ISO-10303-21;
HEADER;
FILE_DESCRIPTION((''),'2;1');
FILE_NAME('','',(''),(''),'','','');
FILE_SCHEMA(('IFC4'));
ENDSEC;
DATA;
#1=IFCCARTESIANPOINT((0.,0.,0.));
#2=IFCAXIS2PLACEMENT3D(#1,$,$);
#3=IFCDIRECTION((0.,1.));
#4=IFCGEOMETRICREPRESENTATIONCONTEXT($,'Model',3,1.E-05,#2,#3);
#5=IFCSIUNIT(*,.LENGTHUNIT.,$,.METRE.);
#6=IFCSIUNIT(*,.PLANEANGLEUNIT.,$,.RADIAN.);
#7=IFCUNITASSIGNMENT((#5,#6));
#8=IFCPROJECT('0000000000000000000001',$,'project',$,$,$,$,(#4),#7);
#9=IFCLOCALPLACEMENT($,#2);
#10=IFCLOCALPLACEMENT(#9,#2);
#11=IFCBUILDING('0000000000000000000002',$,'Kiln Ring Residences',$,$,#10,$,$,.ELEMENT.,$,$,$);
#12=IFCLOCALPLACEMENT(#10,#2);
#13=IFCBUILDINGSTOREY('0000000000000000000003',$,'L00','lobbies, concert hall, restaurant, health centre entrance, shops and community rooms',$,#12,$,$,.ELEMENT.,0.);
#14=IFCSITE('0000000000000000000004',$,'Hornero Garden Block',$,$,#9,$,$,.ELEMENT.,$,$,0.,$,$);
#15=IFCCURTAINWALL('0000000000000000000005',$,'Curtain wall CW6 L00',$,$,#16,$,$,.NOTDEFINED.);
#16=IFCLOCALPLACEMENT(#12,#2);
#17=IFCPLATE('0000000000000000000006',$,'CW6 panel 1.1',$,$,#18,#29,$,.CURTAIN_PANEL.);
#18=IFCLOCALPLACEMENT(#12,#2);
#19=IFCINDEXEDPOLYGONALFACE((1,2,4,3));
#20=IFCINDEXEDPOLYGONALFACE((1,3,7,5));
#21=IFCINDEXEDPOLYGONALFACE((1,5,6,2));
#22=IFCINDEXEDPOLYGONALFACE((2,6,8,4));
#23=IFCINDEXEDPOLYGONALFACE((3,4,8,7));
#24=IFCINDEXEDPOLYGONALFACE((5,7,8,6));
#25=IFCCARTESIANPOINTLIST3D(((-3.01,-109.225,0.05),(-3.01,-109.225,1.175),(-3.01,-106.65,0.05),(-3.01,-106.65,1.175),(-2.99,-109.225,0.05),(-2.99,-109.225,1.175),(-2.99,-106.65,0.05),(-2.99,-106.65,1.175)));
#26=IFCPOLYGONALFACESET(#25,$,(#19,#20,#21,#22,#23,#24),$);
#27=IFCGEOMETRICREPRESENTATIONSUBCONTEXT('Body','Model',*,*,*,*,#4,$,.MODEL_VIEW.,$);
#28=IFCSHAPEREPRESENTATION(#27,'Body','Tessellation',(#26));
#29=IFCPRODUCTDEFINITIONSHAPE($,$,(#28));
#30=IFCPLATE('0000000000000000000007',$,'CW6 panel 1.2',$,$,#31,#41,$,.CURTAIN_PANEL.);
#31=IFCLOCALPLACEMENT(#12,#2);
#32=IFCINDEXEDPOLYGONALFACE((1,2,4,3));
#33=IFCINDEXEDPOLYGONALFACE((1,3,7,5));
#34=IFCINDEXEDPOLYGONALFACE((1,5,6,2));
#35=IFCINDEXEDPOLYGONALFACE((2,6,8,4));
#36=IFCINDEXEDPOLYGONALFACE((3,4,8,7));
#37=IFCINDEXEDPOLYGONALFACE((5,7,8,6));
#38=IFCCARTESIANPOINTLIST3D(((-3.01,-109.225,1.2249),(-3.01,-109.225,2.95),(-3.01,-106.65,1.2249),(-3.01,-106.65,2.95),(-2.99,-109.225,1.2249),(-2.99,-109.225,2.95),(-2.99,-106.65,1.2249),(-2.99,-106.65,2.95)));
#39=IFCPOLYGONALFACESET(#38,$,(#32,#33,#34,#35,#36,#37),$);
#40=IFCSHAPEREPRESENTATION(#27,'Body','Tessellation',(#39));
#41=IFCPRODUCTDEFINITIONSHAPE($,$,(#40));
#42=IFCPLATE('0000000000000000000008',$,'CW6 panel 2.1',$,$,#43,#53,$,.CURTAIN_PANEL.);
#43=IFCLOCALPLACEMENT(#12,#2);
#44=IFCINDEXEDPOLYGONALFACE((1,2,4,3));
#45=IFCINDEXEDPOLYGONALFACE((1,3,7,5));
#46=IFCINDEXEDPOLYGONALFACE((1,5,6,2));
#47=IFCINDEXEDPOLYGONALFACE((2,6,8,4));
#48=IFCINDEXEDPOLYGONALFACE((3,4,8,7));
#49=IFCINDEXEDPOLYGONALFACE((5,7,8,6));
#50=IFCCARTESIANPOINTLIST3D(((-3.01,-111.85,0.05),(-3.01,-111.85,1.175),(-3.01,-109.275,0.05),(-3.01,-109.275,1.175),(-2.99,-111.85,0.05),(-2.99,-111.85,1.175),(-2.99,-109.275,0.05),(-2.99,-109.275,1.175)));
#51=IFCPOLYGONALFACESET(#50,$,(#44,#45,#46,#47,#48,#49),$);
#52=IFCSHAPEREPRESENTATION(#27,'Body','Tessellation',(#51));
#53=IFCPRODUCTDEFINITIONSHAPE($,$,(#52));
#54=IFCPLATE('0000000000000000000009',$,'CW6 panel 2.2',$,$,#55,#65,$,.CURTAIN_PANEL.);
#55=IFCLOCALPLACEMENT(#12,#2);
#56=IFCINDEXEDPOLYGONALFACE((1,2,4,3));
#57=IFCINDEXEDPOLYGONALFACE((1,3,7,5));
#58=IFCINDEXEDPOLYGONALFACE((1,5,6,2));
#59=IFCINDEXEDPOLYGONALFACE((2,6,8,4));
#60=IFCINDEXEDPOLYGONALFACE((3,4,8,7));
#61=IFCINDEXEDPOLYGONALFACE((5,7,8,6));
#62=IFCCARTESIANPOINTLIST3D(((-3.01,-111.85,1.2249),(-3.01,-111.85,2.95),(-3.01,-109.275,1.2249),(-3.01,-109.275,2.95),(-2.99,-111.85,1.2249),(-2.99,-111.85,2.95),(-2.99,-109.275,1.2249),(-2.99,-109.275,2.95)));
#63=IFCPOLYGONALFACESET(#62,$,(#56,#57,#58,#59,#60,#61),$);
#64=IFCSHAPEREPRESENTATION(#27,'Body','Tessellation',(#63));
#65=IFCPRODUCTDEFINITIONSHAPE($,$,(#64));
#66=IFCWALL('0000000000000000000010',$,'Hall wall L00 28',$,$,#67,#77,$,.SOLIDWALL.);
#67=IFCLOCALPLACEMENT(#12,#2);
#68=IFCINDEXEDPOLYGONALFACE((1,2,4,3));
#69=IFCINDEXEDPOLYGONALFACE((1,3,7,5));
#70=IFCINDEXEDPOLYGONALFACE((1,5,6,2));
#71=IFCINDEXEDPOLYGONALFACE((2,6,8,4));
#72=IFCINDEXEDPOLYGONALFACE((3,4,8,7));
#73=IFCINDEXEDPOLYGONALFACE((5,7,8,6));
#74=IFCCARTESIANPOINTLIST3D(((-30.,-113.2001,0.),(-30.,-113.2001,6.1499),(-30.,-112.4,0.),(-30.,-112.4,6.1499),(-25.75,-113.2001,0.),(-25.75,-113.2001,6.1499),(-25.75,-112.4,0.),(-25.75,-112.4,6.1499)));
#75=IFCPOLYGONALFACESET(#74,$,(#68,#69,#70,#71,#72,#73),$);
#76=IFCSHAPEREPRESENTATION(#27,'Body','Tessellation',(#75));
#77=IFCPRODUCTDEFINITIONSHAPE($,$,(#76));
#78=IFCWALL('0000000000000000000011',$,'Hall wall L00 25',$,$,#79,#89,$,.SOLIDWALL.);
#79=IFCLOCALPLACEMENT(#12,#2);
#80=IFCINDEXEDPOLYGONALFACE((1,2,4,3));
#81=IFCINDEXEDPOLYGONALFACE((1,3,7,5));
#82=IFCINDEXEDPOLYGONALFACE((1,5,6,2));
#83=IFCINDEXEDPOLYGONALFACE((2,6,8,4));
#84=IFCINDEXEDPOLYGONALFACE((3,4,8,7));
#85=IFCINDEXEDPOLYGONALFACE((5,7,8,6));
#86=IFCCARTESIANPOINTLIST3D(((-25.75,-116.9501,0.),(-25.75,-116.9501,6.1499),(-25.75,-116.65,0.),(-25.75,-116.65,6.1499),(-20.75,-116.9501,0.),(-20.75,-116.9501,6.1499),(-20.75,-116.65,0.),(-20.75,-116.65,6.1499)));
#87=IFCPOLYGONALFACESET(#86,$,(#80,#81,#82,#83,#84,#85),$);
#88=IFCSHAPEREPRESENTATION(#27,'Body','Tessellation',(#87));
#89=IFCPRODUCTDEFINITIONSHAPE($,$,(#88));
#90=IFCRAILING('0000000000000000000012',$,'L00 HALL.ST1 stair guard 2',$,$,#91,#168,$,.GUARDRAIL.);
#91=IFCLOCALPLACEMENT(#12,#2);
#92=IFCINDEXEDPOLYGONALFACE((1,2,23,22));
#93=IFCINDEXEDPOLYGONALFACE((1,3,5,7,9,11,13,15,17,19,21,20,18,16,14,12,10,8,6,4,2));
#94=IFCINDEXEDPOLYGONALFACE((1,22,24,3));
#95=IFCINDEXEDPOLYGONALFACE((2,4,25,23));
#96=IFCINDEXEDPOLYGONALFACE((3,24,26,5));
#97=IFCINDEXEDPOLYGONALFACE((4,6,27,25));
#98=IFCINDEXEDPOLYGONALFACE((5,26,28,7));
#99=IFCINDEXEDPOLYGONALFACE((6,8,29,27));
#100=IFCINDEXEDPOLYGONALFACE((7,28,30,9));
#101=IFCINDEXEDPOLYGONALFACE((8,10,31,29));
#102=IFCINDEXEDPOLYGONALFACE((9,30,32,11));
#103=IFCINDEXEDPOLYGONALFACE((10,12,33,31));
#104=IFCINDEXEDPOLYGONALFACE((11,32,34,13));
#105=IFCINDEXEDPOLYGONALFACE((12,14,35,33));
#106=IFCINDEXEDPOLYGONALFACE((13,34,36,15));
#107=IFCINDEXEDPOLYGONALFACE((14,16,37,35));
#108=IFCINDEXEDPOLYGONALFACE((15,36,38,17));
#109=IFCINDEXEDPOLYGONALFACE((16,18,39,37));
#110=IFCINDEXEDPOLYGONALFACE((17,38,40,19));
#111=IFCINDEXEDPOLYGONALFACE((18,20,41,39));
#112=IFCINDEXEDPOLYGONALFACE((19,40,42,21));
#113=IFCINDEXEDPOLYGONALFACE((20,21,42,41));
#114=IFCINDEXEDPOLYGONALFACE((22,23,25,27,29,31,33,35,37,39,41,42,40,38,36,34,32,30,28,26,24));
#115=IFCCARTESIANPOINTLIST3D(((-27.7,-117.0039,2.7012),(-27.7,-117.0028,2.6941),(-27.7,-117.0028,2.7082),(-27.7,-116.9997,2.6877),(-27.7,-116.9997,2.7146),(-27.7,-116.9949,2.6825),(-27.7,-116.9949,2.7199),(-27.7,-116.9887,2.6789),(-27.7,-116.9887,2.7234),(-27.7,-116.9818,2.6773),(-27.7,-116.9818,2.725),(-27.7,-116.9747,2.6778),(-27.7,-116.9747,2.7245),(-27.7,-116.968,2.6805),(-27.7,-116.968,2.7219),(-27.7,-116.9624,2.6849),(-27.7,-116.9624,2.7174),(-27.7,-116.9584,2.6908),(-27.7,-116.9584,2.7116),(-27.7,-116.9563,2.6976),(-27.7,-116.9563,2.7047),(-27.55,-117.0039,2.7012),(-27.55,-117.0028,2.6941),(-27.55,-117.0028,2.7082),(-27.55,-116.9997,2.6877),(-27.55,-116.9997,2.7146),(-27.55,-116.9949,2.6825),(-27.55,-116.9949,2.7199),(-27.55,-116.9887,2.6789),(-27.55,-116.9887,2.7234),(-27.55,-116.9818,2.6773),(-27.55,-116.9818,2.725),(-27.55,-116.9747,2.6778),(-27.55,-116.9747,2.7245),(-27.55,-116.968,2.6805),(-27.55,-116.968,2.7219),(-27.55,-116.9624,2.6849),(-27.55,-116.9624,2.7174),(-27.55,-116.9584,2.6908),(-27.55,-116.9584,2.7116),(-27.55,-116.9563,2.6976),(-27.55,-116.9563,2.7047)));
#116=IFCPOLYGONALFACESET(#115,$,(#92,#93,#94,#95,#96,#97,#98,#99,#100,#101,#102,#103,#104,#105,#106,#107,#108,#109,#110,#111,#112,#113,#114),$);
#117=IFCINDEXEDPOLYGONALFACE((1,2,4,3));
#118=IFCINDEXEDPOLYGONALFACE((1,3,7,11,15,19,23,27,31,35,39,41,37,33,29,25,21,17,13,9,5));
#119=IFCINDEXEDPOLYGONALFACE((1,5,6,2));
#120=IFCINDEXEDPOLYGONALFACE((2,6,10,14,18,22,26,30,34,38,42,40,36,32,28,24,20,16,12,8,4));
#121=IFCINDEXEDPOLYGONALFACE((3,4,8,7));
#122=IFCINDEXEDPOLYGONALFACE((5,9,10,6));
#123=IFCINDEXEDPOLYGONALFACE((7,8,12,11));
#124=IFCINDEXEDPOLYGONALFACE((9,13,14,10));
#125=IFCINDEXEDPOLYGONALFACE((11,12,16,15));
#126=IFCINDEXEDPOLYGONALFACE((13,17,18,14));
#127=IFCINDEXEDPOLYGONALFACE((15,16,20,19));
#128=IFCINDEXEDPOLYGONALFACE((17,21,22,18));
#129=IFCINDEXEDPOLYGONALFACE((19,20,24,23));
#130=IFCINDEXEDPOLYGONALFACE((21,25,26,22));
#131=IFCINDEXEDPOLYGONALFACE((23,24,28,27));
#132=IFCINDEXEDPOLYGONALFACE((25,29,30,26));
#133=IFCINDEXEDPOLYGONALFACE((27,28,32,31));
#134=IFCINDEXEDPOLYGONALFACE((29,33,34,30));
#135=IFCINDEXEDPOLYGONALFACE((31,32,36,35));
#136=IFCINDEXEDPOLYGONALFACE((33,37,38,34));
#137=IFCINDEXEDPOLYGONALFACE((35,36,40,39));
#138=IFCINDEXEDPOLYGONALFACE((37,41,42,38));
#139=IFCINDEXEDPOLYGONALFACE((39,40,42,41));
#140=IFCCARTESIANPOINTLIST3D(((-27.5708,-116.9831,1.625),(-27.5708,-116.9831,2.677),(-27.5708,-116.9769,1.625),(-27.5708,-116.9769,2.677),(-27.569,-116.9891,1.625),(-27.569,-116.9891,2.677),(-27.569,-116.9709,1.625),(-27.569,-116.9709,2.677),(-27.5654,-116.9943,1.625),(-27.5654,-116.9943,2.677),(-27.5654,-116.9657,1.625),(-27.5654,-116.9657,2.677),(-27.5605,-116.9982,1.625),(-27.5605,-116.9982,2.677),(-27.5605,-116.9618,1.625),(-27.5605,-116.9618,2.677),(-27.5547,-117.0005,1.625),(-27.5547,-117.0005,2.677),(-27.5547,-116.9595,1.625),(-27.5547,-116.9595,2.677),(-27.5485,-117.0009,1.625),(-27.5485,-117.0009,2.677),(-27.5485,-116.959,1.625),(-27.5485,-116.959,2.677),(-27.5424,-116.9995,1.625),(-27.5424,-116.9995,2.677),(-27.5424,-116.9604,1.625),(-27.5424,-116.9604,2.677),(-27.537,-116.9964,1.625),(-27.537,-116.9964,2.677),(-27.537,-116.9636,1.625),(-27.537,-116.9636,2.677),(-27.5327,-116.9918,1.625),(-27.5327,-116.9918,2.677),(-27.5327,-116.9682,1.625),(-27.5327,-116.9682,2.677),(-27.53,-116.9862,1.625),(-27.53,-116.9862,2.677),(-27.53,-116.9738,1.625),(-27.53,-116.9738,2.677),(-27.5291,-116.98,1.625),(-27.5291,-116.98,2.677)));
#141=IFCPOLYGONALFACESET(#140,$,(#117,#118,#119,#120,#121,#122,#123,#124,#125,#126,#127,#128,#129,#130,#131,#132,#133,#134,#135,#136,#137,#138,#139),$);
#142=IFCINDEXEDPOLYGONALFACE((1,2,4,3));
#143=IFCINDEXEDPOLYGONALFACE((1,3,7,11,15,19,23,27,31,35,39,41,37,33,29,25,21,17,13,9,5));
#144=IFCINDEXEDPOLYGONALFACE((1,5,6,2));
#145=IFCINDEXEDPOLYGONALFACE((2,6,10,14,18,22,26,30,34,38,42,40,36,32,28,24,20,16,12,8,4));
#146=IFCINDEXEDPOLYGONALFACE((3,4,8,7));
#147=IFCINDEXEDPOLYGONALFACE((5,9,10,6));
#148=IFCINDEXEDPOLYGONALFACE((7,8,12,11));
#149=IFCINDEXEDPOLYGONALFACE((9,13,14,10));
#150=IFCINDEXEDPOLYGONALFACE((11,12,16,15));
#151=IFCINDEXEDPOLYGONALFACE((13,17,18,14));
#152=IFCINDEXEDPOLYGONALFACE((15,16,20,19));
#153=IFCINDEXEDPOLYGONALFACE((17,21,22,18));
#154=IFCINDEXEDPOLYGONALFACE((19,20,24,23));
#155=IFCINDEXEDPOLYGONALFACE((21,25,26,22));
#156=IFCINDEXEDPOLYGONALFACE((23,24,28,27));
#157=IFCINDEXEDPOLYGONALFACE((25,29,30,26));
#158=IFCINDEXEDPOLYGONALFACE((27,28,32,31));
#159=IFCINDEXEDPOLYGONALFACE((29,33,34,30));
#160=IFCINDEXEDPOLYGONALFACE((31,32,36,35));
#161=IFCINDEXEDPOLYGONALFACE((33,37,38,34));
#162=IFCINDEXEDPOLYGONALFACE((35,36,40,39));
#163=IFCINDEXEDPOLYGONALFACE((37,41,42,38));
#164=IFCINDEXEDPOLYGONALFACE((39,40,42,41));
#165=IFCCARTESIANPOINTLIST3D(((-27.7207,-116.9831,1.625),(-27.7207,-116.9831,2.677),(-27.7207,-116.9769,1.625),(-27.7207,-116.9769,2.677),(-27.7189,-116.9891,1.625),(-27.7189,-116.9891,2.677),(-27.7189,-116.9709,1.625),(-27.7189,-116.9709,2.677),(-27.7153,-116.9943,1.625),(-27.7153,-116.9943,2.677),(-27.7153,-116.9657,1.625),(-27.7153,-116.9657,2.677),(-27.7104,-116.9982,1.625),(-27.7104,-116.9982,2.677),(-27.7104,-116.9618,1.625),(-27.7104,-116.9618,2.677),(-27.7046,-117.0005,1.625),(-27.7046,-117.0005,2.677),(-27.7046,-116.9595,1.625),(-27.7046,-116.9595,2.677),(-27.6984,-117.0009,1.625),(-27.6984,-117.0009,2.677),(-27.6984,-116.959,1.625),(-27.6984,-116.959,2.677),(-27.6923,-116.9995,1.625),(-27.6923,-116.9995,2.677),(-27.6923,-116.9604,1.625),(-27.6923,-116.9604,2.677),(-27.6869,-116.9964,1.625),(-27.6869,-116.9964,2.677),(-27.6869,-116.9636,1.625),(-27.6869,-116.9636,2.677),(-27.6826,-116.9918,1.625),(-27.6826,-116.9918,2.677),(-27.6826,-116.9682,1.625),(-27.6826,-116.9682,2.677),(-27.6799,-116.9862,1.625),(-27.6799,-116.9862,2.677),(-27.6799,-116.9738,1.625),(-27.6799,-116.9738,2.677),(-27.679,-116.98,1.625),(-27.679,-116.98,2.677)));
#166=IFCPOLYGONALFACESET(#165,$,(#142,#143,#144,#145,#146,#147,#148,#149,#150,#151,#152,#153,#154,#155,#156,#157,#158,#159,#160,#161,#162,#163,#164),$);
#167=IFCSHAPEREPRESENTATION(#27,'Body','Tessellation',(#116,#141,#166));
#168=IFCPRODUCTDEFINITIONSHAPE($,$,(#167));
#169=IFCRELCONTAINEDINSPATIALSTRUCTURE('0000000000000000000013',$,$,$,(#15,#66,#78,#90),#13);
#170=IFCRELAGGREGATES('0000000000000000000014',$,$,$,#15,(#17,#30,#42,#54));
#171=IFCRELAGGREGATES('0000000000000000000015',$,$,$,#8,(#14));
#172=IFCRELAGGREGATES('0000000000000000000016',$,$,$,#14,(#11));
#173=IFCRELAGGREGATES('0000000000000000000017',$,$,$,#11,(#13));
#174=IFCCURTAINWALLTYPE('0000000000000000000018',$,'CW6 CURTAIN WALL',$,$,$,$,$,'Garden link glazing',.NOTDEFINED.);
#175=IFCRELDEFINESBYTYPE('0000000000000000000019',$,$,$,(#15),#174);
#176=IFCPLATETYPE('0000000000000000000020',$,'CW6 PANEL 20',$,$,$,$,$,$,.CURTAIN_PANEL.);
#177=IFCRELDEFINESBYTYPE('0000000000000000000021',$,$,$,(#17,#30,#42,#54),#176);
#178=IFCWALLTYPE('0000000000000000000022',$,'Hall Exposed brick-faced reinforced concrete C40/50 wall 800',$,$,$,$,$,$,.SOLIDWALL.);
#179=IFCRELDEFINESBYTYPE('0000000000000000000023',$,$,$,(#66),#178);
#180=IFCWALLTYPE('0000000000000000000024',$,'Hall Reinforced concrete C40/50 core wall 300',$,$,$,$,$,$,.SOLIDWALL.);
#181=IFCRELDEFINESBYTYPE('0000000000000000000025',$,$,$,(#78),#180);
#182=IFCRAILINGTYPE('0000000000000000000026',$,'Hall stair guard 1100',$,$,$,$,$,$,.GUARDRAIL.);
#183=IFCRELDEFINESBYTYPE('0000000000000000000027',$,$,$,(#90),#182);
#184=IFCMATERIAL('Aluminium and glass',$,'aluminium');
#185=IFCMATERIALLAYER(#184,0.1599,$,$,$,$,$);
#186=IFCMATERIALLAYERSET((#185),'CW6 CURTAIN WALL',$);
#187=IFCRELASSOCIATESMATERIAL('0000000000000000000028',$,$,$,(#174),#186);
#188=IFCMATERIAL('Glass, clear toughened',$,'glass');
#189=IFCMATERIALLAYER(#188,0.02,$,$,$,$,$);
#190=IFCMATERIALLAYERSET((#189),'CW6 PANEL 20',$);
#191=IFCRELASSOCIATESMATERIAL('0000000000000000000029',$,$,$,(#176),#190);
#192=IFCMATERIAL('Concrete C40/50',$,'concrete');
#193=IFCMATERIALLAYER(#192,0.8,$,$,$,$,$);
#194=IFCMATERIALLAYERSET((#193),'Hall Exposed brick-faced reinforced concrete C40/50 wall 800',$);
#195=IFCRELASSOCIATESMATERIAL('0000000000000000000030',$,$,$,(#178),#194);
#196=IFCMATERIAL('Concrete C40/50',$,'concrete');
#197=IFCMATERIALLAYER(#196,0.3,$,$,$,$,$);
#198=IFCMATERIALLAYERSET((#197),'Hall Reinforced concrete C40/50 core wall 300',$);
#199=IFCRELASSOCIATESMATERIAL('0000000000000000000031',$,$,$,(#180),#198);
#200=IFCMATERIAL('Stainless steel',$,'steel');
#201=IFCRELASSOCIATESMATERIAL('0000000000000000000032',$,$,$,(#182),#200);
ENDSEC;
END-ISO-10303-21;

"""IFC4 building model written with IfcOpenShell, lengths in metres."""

from ifc_helpers import new_model, si_unit, direction, frame, frame_2d, origin, origin_2d, place, context, subcontext, project, spatial, rectangle, circle, extrude, material, layer, layer_set, type_object, element, aggregate, save


model = new_model("IFC4")

# Units and contexts
model_context = context("Model", 3, precision=1e-05, world=origin(), true_north=direction((0.0, 1.0)))
body_context = subcontext(model_context, "Body", "Model", "MODEL_VIEW")
ifc_project = project(units=[si_unit("LENGTHUNIT", "METRE"), si_unit("PLANEANGLEUNIT", "RADIAN")], contexts=[model_context])

# Site, building, storey
site_placement = place(None, origin())
site = spatial("IfcSite", under=ifc_project, at=site_placement, Name="Hornero Garden Block", CompositionType="ELEMENT", RefElevation=0.0)
building_placement = place(site_placement, origin())
building = spatial("IfcBuilding", under=site, at=building_placement, Name="Kiln Ring Residences", CompositionType="ELEMENT")
storey_placement = place(building_placement, origin())
storey = spatial("IfcBuildingStorey", under=building, at=storey_placement, Name="L00", Description="lobbies, concert hall, restaurant, health centre entrance, shops and community rooms", CompositionType="ELEMENT", Elevation=0.0)

# Shared definitions
ifc_material_1 = material(Name="Aluminium and glass", Category="aluminium")
ifc_layer_1 = layer(ifc_material_1, 0.1599)
ifc_layer_set_1 = layer_set([ifc_layer_1], Name="CW6 CURTAIN WALL")
curtain_wall_type = type_object("IfcCurtainWallType", Name="CW6 CURTAIN WALL", ElementType="Garden link glazing", PredefinedType="NOTDEFINED", material=ifc_layer_set_1)
placement = place(storey_placement, origin())

# Curtain wall
curtain_wall_1 = element("IfcCurtainWall", 1, at=placement, inside=storey, type_object=curtain_wall_type, Name="Curtain wall CW6 L00", PredefinedType="NOTDEFINED")

# Plates
ifc_material_2 = material(Name="Glass, clear toughened", Category="glass")
ifc_layer_2 = layer(ifc_material_2, 0.02)
ifc_layer_set_2 = layer_set([ifc_layer_2], Name="CW6 PANEL 20")
plate_type = type_object("IfcPlateType", Name="CW6 PANEL 20", PredefinedType="CURTAIN_PANEL", material=ifc_layer_set_2)
plate_1_placement = place(storey_placement, frame((-3.0, -107.9375, 0.05), z_axis=(0.0, 0.0, 1.0), x_axis=(0.0, -1.0, 0.0)))
plate_1 = element("IfcPlate", 2, at=plate_1_placement, type_object=plate_type, Name="CW6 panel 1.1", PredefinedType="CURTAIN_PANEL", context=body_context, shape_type="SweptSolid", body=[
    extrude(rectangle(XDim=2.575, YDim=0.02, at=origin_2d()), origin(), (0.0, 0.0, 1.0), 1.125),
])
plate_2_placement = place(storey_placement, frame((-3.0, -107.9375, 1.2249), z_axis=(0.0, 0.0, 1.0), x_axis=(0.0, -1.0, 0.0)))
plate_2 = element("IfcPlate", 3, at=plate_2_placement, type_object=plate_type, Name="CW6 panel 1.2", PredefinedType="CURTAIN_PANEL", context=body_context, shape_type="SweptSolid", body=[
    extrude(rectangle(XDim=2.575, YDim=0.02, at=origin_2d()), origin(), (0.0, 0.0, 1.0), 1.7251),
])
plate_3_placement = place(storey_placement, frame((-3.0, -110.5625, 0.05), z_axis=(0.0, 0.0, 1.0), x_axis=(0.0, -1.0, 0.0)))
plate_3 = element("IfcPlate", 4, at=plate_3_placement, type_object=plate_type, Name="CW6 panel 2.1", PredefinedType="CURTAIN_PANEL", context=body_context, shape_type="SweptSolid", body=[
    extrude(rectangle(XDim=2.575, YDim=0.02, at=origin_2d()), origin(), (0.0, 0.0, 1.0), 1.125),
])
plate_4_placement = place(storey_placement, frame((-3.0, -110.5625, 1.2249), z_axis=(0.0, 0.0, 1.0), x_axis=(0.0, -1.0, 0.0)))
plate_4 = element("IfcPlate", 5, at=plate_4_placement, type_object=plate_type, Name="CW6 panel 2.2", PredefinedType="CURTAIN_PANEL", context=body_context, shape_type="SweptSolid", body=[
    extrude(rectangle(XDim=2.575, YDim=0.02, at=origin_2d()), origin(), (0.0, 0.0, 1.0), 1.7251),
])
aggregate(curtain_wall_1, [plate_1, plate_2, plate_3, plate_4])

# Walls
ifc_material_3 = material(Name="Concrete C40/50", Category="concrete")
ifc_layer_3 = layer(ifc_material_3, 0.8)
ifc_layer_set_3 = layer_set([ifc_layer_3], Name="Hall Exposed brick-faced reinforced concrete C40/50 wall 800")
wall_type_1 = type_object("IfcWallType", Name="Hall Exposed brick-faced reinforced concrete C40/50 wall 800", PredefinedType="SOLIDWALL", material=ifc_layer_set_3)
wall_1_placement = place(storey_placement, frame((-30.0, -112.8, 0.0), z_axis=(0.0, 0.0, 1.0), x_axis=(1.0, 0.0, 0.0)))
element("IfcWall", 6, at=wall_1_placement, inside=storey, type_object=wall_type_1, Name="Hall wall L00 28", PredefinedType="SOLIDWALL", context=body_context, shape_type="SweptSolid", body=[
    extrude(rectangle(XDim=4.25, YDim=0.8, at=frame_2d((2.125, 0.0))), origin(), (0.0, 0.0, 1.0), 6.1499),
])
ifc_material_4 = material(Name="Concrete C40/50", Category="concrete")
ifc_layer_4 = layer(ifc_material_4, 0.3)
ifc_layer_set_4 = layer_set([ifc_layer_4], Name="Hall Reinforced concrete C40/50 core wall 300")
wall_type_2 = type_object("IfcWallType", Name="Hall Reinforced concrete C40/50 core wall 300", PredefinedType="SOLIDWALL", material=ifc_layer_set_4)
wall_2_placement = place(storey_placement, frame((-25.75, -116.8, 0.0), z_axis=(0.0, 0.0, 1.0), x_axis=(1.0, 0.0, 0.0)))
element("IfcWall", 7, at=wall_2_placement, inside=storey, type_object=wall_type_2, Name="Hall wall L00 25", PredefinedType="SOLIDWALL", context=body_context, shape_type="SweptSolid", body=[
    extrude(rectangle(XDim=5.0, YDim=0.3, at=frame_2d((2.5, 0.0))), origin(), (0.0, 0.0, 1.0), 6.1499),
])

# Railing
ifc_material_5 = material(Name="Stainless steel", Category="steel")
railing_type = type_object("IfcRailingType", Name="Hall stair guard 1100", PredefinedType="GUARDRAIL", material=ifc_material_5)
for number, where, name in (
    (8, (-27.55, -116.98, 1.625), "L00 HALL.ST1 stair guard 2"),
):
    element("IfcRailing", number, at=place(storey_placement, frame(where)), inside=storey, type_object=railing_type, Name=name, PredefinedType="GUARDRAIL", context=body_context, shape_type="SweptSolid", body=[
        extrude(circle(Radius=0.0239, at=origin_2d()), frame((0.0, 0.0, 1.0762), z_axis=(-1.0, 0.0, 0.0), x_axis=(0.0, -1.0, 0.0)), (0.0, 0.0, 1.0), 0.1499),
        extrude(circle(Radius=0.021, at=origin_2d()), origin(), (0.0, 0.0, 1.0), 1.052),
        extrude(circle(Radius=0.021, at=origin_2d()), frame((-0.1499, 0.0, 0.0)), (0.0, 0.0, 1.0), 1.052),
    ])

save(model, "model.ifc")
